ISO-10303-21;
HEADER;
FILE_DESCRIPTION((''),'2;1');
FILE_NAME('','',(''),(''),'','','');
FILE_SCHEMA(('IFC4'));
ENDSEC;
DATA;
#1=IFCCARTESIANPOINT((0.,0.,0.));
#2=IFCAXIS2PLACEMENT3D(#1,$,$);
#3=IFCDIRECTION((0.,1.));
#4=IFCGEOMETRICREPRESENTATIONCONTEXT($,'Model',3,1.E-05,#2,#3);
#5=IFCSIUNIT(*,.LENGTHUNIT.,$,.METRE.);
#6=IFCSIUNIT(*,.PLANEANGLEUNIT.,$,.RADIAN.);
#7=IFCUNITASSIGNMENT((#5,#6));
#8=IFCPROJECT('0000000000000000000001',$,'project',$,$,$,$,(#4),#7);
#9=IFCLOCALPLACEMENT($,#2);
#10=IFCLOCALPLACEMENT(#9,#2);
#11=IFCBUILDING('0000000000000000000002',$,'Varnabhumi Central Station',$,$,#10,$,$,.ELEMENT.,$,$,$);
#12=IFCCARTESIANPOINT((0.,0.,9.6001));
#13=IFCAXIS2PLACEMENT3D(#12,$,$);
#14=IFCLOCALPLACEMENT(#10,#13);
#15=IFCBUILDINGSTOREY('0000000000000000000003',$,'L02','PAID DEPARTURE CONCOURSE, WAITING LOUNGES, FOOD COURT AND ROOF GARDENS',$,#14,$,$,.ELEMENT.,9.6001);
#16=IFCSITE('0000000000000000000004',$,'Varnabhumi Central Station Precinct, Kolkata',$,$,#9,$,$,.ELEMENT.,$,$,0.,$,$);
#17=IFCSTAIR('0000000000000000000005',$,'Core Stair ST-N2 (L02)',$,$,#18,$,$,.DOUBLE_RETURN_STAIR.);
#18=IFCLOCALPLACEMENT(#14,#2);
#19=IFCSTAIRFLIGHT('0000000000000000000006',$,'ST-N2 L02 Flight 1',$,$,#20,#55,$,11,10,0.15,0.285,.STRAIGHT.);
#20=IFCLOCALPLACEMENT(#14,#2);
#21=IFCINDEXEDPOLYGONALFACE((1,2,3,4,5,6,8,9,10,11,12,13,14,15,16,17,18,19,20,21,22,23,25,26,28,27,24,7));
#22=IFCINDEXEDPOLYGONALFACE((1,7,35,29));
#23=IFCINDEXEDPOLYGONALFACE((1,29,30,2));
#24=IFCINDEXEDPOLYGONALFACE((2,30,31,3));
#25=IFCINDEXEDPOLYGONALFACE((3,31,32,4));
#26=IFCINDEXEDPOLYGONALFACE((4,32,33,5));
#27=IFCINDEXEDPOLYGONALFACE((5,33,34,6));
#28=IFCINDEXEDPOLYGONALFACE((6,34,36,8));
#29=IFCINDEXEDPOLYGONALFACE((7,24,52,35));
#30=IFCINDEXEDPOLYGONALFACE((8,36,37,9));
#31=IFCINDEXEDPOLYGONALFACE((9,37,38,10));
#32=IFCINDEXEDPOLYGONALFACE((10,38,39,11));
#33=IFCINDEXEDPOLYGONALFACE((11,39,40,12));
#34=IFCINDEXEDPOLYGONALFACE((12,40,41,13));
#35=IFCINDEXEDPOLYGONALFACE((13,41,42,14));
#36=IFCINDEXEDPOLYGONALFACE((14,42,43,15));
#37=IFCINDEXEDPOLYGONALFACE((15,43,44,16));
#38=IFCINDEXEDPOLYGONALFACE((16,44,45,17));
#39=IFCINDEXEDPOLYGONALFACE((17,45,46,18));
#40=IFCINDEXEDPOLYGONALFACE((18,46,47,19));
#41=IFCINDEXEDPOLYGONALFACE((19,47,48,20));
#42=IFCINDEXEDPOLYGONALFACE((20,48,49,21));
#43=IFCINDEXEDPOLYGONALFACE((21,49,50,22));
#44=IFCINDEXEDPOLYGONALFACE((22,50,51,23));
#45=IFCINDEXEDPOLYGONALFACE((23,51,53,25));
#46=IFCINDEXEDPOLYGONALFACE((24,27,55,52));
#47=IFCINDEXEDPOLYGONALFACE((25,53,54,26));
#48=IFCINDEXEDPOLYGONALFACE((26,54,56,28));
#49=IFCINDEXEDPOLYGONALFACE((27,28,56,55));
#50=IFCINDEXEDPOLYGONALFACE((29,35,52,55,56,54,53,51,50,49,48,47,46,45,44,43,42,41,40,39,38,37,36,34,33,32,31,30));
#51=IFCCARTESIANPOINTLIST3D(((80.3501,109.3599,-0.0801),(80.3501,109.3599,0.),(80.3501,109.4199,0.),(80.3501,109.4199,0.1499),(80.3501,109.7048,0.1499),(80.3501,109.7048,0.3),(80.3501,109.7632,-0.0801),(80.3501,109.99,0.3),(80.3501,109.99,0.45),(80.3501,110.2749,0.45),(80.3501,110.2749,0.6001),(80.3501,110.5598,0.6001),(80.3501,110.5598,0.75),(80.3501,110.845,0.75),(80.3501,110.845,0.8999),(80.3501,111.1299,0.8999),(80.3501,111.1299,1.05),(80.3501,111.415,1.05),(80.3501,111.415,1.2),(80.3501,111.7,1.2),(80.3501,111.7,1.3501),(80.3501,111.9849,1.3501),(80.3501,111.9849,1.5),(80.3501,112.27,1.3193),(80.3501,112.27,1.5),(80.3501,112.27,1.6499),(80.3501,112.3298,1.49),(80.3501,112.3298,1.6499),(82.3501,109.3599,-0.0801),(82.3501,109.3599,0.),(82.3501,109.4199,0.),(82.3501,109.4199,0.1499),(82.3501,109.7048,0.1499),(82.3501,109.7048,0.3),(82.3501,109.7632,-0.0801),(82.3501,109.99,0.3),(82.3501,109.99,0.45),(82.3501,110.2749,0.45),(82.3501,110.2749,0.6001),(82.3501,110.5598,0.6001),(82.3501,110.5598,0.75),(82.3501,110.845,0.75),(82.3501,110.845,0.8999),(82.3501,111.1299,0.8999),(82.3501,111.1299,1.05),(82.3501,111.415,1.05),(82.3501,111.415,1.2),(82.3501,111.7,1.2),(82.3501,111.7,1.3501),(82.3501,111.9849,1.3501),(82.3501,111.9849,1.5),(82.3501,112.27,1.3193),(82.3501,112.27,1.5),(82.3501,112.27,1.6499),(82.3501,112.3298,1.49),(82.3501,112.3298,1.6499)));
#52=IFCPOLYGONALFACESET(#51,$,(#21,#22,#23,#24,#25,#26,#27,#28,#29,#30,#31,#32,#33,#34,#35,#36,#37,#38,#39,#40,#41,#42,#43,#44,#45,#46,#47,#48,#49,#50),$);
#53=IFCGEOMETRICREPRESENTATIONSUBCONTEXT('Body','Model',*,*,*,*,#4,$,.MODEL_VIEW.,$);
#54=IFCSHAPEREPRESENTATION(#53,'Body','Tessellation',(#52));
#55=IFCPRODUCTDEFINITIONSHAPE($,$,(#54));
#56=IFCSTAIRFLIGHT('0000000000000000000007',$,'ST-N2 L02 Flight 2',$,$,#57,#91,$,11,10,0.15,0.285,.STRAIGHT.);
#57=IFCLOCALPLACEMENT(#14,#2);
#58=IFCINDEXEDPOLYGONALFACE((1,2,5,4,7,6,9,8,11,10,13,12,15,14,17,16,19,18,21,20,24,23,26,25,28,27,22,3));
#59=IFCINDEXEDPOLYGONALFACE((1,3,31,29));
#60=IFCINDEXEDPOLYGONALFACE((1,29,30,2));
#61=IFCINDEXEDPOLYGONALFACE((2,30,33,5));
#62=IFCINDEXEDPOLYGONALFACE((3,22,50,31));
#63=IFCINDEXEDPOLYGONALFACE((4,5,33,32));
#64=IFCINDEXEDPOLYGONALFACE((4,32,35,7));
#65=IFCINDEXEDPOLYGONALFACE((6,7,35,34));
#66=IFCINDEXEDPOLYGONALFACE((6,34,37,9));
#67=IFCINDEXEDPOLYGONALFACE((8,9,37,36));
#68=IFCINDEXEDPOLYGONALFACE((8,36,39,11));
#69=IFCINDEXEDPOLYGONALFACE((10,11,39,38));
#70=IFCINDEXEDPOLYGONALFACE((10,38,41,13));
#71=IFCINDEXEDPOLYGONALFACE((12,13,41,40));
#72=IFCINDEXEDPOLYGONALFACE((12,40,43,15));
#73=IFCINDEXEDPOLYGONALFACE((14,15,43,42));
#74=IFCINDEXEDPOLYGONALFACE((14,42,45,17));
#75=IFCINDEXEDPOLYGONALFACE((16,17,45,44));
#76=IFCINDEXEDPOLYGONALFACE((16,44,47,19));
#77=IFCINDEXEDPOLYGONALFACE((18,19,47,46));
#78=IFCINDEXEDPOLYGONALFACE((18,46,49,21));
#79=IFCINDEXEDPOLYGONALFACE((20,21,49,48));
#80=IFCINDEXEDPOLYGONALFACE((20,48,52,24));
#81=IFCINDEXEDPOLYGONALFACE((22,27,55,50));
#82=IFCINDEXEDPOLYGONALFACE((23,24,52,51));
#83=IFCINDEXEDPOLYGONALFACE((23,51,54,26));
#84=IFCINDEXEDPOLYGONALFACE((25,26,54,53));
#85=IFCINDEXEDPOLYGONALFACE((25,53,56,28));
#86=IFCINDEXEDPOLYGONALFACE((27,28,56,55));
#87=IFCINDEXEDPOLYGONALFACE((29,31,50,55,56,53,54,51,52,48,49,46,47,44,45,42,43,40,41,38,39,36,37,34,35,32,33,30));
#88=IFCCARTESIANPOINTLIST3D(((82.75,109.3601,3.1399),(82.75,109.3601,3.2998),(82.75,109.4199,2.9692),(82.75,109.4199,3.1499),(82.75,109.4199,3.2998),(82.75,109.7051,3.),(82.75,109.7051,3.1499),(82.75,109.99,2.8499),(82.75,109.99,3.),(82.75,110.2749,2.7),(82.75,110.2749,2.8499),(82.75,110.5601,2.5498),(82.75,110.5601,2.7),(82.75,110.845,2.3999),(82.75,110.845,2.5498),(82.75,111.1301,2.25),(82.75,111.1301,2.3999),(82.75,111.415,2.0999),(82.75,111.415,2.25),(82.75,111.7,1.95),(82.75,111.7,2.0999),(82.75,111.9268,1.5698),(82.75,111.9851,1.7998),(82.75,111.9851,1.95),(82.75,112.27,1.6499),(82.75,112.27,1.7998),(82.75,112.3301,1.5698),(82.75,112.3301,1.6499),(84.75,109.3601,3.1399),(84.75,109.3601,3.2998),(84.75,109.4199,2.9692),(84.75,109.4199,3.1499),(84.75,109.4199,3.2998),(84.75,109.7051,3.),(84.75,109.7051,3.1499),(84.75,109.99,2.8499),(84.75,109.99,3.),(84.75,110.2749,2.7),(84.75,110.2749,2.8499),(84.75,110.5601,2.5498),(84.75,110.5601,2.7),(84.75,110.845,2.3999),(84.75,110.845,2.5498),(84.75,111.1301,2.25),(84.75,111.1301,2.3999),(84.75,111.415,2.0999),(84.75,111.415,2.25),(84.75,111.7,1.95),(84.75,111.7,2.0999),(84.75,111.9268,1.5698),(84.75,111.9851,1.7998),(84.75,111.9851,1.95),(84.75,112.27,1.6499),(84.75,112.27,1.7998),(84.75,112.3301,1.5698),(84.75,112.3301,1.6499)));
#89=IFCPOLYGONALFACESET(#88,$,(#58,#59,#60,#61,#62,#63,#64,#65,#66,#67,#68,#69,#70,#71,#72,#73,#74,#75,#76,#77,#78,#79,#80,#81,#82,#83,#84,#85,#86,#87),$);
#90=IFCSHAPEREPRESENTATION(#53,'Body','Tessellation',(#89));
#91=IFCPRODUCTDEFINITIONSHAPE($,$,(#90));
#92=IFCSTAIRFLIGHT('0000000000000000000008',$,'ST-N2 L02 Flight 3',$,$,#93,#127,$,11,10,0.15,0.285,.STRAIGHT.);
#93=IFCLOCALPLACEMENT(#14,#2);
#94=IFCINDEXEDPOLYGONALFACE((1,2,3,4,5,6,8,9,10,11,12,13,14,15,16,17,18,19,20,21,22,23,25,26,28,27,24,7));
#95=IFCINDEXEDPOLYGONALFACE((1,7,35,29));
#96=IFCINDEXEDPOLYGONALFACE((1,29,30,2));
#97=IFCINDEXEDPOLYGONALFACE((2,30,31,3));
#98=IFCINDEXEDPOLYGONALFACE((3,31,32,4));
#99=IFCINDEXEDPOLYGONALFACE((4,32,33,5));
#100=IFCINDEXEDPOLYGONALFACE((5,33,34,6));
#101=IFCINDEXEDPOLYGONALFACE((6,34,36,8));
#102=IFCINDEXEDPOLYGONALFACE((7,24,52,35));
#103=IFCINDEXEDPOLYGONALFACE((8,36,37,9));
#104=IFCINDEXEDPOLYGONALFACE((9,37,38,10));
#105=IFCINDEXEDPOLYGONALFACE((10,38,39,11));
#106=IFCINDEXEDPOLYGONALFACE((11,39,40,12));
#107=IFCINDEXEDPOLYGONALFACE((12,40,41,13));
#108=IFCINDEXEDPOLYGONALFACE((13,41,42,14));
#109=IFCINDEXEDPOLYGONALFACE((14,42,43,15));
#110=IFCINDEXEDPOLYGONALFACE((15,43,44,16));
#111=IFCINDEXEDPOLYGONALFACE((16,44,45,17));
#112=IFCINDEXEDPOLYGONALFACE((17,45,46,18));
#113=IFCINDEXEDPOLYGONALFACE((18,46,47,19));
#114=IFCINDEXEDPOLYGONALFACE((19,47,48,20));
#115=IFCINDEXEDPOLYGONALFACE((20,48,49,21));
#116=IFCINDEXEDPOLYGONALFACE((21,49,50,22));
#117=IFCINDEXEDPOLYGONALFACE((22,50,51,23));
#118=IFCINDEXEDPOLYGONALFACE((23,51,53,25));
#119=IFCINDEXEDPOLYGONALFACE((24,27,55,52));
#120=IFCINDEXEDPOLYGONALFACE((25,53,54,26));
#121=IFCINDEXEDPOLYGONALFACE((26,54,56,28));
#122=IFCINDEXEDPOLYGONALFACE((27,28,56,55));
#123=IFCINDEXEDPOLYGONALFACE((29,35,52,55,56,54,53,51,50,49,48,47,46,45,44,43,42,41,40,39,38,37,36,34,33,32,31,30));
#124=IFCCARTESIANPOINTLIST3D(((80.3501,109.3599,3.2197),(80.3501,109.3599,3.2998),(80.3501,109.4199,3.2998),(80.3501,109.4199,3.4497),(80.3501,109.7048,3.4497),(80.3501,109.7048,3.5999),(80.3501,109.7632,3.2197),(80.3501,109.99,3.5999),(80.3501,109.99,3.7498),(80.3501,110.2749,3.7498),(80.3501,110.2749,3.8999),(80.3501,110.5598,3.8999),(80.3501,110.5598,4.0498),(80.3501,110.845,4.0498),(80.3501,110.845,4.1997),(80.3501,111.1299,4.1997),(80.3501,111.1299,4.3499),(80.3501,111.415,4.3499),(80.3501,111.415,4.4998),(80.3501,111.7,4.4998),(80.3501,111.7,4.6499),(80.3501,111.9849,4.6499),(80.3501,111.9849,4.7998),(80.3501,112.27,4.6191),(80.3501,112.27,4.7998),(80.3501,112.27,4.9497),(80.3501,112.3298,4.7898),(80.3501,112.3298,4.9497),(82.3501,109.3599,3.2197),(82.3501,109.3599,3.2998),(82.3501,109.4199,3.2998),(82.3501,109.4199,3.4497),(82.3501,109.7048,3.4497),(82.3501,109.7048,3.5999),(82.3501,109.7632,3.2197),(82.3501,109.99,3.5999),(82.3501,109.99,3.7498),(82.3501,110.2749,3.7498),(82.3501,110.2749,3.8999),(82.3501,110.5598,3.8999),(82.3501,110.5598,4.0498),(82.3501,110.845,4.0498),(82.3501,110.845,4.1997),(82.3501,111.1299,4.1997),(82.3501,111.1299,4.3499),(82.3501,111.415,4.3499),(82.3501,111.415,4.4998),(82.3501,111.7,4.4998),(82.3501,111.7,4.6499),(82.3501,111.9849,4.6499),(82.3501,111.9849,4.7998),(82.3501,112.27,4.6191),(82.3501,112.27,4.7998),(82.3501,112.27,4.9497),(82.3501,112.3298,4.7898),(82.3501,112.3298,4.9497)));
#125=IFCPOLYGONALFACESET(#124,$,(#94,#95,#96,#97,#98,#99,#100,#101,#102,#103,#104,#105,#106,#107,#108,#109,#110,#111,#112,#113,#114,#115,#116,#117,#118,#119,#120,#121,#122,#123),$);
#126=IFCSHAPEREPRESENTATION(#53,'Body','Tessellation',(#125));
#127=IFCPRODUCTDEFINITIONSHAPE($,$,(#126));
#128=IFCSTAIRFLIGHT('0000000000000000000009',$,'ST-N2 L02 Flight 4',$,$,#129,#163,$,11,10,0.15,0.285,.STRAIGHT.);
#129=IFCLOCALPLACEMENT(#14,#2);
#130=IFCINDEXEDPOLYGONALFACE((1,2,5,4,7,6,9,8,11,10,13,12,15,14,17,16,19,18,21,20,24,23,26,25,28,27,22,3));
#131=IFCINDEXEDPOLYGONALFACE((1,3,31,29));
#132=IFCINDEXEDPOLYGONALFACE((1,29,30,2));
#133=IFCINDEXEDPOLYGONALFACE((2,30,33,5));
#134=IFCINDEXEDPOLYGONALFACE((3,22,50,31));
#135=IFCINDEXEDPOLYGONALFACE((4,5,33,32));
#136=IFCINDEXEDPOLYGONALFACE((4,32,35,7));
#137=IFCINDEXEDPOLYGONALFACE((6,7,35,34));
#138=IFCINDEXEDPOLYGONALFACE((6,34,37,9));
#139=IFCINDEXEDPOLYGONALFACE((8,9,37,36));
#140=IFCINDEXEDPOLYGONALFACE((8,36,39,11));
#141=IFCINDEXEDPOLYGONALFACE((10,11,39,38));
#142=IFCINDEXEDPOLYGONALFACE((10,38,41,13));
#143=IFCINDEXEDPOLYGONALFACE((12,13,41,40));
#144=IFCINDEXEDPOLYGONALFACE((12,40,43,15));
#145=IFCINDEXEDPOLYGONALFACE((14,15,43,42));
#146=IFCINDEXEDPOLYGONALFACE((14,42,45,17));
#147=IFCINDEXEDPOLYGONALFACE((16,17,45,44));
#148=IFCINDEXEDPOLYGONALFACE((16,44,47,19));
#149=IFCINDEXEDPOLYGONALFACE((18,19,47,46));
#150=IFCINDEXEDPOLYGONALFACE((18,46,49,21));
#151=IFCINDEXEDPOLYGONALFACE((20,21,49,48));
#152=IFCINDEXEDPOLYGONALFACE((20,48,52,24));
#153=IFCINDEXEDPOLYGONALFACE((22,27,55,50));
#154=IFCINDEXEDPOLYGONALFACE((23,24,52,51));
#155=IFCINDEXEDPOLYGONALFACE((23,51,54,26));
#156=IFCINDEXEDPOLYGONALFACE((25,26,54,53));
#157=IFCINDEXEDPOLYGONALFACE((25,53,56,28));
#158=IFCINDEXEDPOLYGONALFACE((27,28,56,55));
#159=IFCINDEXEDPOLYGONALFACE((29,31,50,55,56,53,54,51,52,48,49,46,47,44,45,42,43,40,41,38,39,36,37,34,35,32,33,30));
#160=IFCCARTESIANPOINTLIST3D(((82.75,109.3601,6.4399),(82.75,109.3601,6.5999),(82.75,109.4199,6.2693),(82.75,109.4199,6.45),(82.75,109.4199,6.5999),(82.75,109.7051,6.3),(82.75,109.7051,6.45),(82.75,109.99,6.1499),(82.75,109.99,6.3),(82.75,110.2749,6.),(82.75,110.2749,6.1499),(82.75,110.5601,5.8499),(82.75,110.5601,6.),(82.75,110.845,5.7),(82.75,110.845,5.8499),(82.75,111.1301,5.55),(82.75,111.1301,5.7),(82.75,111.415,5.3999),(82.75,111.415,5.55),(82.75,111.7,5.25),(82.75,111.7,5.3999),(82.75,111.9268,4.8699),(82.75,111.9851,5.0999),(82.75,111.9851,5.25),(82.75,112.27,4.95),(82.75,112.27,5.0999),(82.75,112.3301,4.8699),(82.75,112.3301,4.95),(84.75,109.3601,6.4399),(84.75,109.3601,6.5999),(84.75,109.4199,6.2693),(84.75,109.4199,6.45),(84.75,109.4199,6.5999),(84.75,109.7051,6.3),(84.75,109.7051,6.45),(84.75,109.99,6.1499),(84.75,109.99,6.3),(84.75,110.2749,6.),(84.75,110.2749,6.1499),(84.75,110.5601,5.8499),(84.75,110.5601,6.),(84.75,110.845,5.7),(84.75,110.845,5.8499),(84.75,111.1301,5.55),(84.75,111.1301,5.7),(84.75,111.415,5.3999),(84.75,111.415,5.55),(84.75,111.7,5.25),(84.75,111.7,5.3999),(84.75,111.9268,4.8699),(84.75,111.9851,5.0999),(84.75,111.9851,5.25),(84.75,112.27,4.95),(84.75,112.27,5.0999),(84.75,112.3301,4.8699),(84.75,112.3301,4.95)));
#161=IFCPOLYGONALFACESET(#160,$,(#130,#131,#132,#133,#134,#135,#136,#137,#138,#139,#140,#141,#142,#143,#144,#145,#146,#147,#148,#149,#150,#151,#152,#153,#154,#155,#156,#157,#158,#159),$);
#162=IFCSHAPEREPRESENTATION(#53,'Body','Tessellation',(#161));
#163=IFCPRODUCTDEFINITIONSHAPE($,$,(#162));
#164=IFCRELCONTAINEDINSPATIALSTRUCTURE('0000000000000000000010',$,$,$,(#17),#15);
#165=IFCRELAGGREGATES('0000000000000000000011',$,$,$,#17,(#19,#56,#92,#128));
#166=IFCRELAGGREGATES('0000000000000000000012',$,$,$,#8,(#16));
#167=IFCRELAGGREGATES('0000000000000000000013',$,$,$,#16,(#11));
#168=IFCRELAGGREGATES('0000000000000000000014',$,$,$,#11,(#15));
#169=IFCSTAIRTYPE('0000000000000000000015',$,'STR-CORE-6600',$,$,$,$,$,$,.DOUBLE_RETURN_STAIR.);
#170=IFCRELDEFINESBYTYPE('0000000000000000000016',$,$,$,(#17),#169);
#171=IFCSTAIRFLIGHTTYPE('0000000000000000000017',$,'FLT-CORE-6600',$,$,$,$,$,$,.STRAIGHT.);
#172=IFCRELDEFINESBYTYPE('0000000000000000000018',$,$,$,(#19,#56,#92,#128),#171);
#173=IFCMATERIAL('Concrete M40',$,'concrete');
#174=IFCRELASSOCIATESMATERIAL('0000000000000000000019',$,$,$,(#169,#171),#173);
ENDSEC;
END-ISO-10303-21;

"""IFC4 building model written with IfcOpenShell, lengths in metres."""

from ifc_helpers import new_model, si_unit, direction, frame, origin, place, context, subcontext, project, spatial, polyline, outline, extrude, material, type_object, element, aggregate, save


model = new_model("IFC4")

# Units and contexts
model_context = context("Model", 3, precision=1e-05, world=origin(), true_north=direction((0.0, 1.0)))
body_context = subcontext(model_context, "Body", "Model", "MODEL_VIEW")
ifc_project = project(units=[si_unit("LENGTHUNIT", "METRE"), si_unit("PLANEANGLEUNIT", "RADIAN")], contexts=[model_context])

# Site, building, storey
site_placement = place(None, origin())
site = spatial("IfcSite", under=ifc_project, at=site_placement, Name="Varnabhumi Central Station Precinct, Kolkata", CompositionType="ELEMENT", RefElevation=0.0)
building_placement = place(site_placement, origin())
building = spatial("IfcBuilding", under=site, at=building_placement, Name="Varnabhumi Central Station", CompositionType="ELEMENT")
storey_placement = place(building_placement, frame((0.0, 0.0, 9.6001)))
storey = spatial("IfcBuildingStorey", under=building, at=storey_placement, Name="L02", Description="PAID DEPARTURE CONCOURSE, WAITING LOUNGES, FOOD COURT AND ROOF GARDENS", CompositionType="ELEMENT", Elevation=9.6001)

# Shared definitions
ifc_material_1 = material(Name="Concrete M40", Category="concrete")

# Stair, stair flights
stair_type = type_object("IfcStairType", Name="STR-CORE-6600", PredefinedType="DOUBLE_RETURN_STAIR", material=ifc_material_1)
stair_placement = place(storey_placement, origin())
stair = element("IfcStair", 1, at=stair_placement, inside=storey, type_object=stair_type, Name="Core Stair ST-N2 (L02)", PredefinedType="DOUBLE_RETURN_STAIR")
stair_flight_type = type_object("IfcStairFlightType", Name="FLT-CORE-6600", PredefinedType="STRAIGHT", material=ifc_material_1)
stair_flight_1_placement = place(storey_placement, frame((81.3501, 109.4199, 0.0), z_axis=(0.0, 0.0, 1.0), x_axis=(0.0, 1.0, 0.0)))
stair_flight_1 = element("IfcStairFlight", 2, at=stair_flight_1_placement, type_object=stair_flight_type, Name="ST-N2 L02 Flight 1", NumberOfRisers=11, NumberOfTreads=10, PredefinedType="STRAIGHT", RiserHeight=0.15, TreadLength=0.285, context=body_context, shape_type="SweptSolid", body=[
    extrude(outline(polyline([(-0.0601, -0.0801), (-0.0601, 0.0), (0.0, 0.0), (0.0, 0.1499), (0.2849, 0.1499), (0.2849, 0.3), (0.5701, 0.3), (0.5701, 0.45), (0.855, 0.45), (0.855, 0.6001), (1.1399, 0.6001), (1.1399, 0.75), (1.425, 0.75), (1.425, 0.8999), (1.71, 0.8999), (1.71, 1.05), (1.9951, 1.05), (1.9951, 1.2), (2.28, 1.2), (2.28, 1.3501), (2.5649, 1.3501), (2.5649, 1.5), (2.8501, 1.5), (2.8501, 1.6499), (2.9099, 1.6499), (2.9099, 1.49), (2.8501, 1.3193), (0.3433, -0.0801), (-0.0601, -0.0801)])), frame((0.0, 1.0, 0.0), z_axis=(0.0, -1.0, 0.0), x_axis=(1.0, 0.0, 0.0)), (0.0, 0.0, 1.0), 2.0),
])
stair_flight_2_placement = place(storey_placement, frame((83.75, 112.27, 1.6499), z_axis=(0.0, 0.0, 1.0), x_axis=(0.0, -1.0, 0.0)))
stair_flight_2 = element("IfcStairFlight", 3, at=stair_flight_2_placement, type_object=stair_flight_type, Name="ST-N2 L02 Flight 2", NumberOfRisers=11, NumberOfTreads=10, PredefinedType="STRAIGHT", RiserHeight=0.15, TreadLength=0.285, context=body_context, shape_type="SweptSolid", body=[
    extrude(outline(polyline([(-0.0601, -0.0801), (-0.0601, 0.0), (0.0, 0.0), (0.0, 0.1499), (0.2849, 0.1499), (0.2849, 0.3), (0.5701, 0.3), (0.5701, 0.45), (0.855, 0.45), (0.855, 0.6001), (1.1399, 0.6001), (1.1399, 0.75), (1.425, 0.75), (1.425, 0.8999), (1.71, 0.8999), (1.71, 1.05), (1.9951, 1.05), (1.9951, 1.2), (2.28, 1.2), (2.28, 1.3501), (2.5649, 1.3501), (2.5649, 1.5), (2.8501, 1.5), (2.8501, 1.6499), (2.9099, 1.6499), (2.9099, 1.49), (2.8501, 1.3193), (0.3433, -0.0801), (-0.0601, -0.0801)])), frame((0.0, 1.0, 0.0), z_axis=(0.0, -1.0, 0.0), x_axis=(1.0, 0.0, 0.0)), (0.0, 0.0, 1.0), 2.0),
])
stair_flight_3_placement = place(storey_placement, frame((81.3501, 109.4199, 3.2998), z_axis=(0.0, 0.0, 1.0), x_axis=(0.0, 1.0, 0.0)))
stair_flight_3 = element("IfcStairFlight", 4, at=stair_flight_3_placement, type_object=stair_flight_type, Name="ST-N2 L02 Flight 3", NumberOfRisers=11, NumberOfTreads=10, PredefinedType="STRAIGHT", RiserHeight=0.15, TreadLength=0.285, context=body_context, shape_type="SweptSolid", body=[
    extrude(outline(polyline([(-0.0601, -0.0801), (-0.0601, 0.0), (0.0, 0.0), (0.0, 0.1499), (0.2849, 0.1499), (0.2849, 0.3), (0.5701, 0.3), (0.5701, 0.45), (0.855, 0.45), (0.855, 0.6001), (1.1399, 0.6001), (1.1399, 0.75), (1.425, 0.75), (1.425, 0.8999), (1.71, 0.8999), (1.71, 1.05), (1.9951, 1.05), (1.9951, 1.2), (2.28, 1.2), (2.28, 1.3501), (2.5649, 1.3501), (2.5649, 1.5), (2.8501, 1.5), (2.8501, 1.6499), (2.9099, 1.6499), (2.9099, 1.49), (2.8501, 1.3193), (0.3433, -0.0801), (-0.0601, -0.0801)])), frame((0.0, 1.0, 0.0), z_axis=(0.0, -1.0, 0.0), x_axis=(1.0, 0.0, 0.0)), (0.0, 0.0, 1.0), 2.0),
])
stair_flight_4_placement = place(storey_placement, frame((83.75, 112.27, 4.95), z_axis=(0.0, 0.0, 1.0), x_axis=(0.0, -1.0, 0.0)))
stair_flight_4 = element("IfcStairFlight", 5, at=stair_flight_4_placement, type_object=stair_flight_type, Name="ST-N2 L02 Flight 4", NumberOfRisers=11, NumberOfTreads=10, PredefinedType="STRAIGHT", RiserHeight=0.15, TreadLength=0.285, context=body_context, shape_type="SweptSolid", body=[
    extrude(outline(polyline([(-0.0601, -0.0801), (-0.0601, 0.0), (0.0, 0.0), (0.0, 0.1499), (0.2849, 0.1499), (0.2849, 0.3), (0.5701, 0.3), (0.5701, 0.45), (0.855, 0.45), (0.855, 0.6001), (1.1399, 0.6001), (1.1399, 0.75), (1.425, 0.75), (1.425, 0.8999), (1.71, 0.8999), (1.71, 1.05), (1.9951, 1.05), (1.9951, 1.2), (2.28, 1.2), (2.28, 1.3501), (2.5649, 1.3501), (2.5649, 1.5), (2.8501, 1.5), (2.8501, 1.6499), (2.9099, 1.6499), (2.9099, 1.49), (2.8501, 1.3193), (0.3433, -0.0801), (-0.0601, -0.0801)])), frame((0.0, 1.0, 0.0), z_axis=(0.0, -1.0, 0.0), x_axis=(1.0, 0.0, 0.0)), (0.0, 0.0, 1.0), 2.0),
])
aggregate(stair, [stair_flight_1, stair_flight_2, stair_flight_3, stair_flight_4])

save(model, "model.ifc")
